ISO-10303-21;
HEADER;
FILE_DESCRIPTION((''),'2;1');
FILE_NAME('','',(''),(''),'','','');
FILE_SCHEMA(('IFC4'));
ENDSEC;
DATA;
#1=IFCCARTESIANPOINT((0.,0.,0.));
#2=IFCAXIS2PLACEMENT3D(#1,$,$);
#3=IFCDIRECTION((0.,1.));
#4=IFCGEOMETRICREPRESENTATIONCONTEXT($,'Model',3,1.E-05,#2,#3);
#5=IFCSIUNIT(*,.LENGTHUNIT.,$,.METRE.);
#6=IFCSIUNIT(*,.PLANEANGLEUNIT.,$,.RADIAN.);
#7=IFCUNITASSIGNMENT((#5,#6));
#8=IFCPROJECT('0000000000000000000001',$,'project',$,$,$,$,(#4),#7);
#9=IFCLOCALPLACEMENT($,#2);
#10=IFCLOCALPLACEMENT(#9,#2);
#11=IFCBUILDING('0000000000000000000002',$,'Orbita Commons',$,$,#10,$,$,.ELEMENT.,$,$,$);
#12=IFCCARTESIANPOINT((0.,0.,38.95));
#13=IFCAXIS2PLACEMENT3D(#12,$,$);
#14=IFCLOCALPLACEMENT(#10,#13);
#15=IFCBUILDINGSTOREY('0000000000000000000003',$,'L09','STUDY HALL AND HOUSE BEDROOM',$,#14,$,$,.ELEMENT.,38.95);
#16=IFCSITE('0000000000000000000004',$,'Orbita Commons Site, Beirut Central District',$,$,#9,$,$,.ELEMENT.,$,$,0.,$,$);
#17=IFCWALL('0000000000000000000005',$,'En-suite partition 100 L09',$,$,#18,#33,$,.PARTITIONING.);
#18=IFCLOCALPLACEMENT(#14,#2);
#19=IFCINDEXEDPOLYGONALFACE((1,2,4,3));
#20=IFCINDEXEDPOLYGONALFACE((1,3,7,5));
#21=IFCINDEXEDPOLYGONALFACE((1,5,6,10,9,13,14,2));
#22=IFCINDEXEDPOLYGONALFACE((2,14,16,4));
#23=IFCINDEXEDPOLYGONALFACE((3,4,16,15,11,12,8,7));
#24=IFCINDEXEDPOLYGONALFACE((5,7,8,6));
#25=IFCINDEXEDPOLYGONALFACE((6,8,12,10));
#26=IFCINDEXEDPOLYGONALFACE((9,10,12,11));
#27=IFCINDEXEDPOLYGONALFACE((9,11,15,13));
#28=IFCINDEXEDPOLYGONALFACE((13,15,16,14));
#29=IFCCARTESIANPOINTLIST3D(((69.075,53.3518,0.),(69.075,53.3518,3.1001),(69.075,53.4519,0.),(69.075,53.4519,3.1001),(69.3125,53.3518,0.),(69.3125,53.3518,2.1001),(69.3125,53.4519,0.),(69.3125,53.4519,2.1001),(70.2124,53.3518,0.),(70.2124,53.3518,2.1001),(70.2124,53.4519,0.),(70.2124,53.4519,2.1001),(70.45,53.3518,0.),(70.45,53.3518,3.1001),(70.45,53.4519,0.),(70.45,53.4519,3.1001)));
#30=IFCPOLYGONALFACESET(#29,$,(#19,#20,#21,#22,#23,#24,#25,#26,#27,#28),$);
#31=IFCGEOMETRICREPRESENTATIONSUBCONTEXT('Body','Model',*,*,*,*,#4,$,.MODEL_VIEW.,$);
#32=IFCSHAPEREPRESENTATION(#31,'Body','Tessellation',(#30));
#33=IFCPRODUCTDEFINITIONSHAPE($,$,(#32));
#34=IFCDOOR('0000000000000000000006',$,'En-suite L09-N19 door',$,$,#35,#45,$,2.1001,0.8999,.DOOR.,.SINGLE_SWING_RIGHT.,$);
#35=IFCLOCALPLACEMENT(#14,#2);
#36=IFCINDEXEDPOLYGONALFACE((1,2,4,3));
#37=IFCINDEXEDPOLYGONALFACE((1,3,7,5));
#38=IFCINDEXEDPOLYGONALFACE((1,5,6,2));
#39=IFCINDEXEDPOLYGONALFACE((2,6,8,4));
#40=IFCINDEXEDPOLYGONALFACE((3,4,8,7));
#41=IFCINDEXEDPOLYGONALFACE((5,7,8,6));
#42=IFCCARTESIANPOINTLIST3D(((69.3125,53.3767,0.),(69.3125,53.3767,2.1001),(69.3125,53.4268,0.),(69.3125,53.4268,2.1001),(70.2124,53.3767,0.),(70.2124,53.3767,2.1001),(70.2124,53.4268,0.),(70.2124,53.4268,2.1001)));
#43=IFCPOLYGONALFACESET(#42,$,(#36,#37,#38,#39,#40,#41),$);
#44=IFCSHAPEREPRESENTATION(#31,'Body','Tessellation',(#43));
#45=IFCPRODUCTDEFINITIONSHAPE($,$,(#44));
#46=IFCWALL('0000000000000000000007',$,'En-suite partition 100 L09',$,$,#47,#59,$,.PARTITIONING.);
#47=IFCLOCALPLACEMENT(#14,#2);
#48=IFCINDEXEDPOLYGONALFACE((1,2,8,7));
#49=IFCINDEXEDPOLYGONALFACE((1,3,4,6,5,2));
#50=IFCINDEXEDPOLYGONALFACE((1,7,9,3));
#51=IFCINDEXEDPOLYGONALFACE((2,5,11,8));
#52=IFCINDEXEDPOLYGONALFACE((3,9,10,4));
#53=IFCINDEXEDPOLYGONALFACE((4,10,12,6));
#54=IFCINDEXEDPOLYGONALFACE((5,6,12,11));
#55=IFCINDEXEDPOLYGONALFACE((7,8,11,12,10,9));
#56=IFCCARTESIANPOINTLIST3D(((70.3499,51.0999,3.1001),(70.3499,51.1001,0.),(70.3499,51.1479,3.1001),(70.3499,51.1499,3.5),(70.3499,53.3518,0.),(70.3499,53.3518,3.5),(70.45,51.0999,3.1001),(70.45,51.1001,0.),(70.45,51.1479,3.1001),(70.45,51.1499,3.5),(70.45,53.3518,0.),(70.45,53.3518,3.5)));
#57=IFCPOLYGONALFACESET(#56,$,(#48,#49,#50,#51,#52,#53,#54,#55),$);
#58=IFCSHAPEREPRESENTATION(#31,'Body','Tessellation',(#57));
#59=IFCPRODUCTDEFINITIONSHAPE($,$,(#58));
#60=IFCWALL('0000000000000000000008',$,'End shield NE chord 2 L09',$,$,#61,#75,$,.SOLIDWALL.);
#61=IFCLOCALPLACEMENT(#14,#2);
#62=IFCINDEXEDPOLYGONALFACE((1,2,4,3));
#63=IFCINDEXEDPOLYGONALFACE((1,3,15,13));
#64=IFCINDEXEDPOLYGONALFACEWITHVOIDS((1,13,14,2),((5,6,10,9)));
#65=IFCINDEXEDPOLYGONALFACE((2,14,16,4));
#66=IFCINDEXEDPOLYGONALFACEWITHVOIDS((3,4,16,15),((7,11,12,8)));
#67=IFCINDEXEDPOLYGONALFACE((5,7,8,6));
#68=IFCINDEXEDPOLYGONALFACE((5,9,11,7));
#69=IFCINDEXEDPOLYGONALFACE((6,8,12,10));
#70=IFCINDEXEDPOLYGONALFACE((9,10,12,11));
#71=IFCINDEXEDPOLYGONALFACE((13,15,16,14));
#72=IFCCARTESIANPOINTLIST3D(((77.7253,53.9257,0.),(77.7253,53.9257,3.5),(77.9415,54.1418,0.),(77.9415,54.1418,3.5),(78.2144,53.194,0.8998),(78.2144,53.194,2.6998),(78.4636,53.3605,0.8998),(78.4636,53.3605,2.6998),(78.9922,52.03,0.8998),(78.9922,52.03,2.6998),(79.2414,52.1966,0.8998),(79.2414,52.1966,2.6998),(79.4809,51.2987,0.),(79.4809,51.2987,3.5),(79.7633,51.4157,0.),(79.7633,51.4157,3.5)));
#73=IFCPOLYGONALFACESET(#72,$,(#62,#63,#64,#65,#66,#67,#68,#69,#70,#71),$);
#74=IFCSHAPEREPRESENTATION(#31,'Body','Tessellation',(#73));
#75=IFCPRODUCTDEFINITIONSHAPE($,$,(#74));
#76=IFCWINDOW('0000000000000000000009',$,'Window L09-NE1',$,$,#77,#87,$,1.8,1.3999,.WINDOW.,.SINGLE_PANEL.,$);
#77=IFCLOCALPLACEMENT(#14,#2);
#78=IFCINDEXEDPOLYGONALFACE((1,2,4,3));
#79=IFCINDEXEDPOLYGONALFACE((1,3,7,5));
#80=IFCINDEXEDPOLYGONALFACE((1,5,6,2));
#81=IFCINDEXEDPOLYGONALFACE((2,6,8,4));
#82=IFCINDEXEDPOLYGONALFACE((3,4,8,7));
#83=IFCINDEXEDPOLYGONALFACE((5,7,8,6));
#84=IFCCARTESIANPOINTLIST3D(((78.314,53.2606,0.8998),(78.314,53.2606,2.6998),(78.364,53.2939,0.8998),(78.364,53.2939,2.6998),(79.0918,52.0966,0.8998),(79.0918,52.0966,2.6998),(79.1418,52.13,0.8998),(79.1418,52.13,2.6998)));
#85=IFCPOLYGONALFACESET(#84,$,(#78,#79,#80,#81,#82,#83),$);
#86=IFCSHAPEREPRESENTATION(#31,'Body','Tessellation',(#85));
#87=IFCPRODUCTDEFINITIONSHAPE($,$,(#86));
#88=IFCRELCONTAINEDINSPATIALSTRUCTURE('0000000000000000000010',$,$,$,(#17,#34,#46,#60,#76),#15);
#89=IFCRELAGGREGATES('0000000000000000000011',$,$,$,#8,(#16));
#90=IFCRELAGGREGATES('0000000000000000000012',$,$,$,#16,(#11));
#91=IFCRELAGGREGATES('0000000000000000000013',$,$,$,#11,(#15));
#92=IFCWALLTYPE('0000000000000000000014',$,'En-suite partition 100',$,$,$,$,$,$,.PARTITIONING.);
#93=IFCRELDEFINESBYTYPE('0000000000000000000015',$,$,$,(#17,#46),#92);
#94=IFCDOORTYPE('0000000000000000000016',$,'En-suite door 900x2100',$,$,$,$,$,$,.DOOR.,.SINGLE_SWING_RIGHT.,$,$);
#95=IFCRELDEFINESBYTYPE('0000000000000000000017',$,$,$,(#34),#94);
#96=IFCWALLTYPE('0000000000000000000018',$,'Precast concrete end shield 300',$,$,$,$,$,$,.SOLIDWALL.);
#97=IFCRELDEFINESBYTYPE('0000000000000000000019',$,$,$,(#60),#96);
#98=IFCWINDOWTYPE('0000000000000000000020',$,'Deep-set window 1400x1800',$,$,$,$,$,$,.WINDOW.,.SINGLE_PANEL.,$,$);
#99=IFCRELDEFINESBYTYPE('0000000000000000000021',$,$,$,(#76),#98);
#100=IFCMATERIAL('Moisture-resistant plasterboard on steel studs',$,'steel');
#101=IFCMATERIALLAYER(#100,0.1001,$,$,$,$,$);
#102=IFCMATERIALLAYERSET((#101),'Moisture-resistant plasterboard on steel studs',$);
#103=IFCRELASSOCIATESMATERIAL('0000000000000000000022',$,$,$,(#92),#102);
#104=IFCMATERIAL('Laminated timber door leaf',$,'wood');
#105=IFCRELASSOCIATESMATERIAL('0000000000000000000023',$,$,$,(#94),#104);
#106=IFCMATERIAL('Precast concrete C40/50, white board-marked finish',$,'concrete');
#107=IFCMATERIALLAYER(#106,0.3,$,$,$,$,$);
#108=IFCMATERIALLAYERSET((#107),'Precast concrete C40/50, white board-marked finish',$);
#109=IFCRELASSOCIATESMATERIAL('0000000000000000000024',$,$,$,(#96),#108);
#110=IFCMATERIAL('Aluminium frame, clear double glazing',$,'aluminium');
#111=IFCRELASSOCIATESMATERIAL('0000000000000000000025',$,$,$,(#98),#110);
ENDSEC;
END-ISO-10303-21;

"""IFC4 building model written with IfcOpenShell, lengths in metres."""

from ifc_helpers import new_model, si_unit, direction, frame, frame_2d, origin, place, context, subcontext, project, spatial, polyline, rectangle, outline, extrude, material, layer, layer_set, type_object, element, fill, save


model = new_model("IFC4")

# Units and contexts
model_context = context("Model", 3, precision=1e-05, world=origin(), true_north=direction((0.0, 1.0)))
body_context = subcontext(model_context, "Body", "Model", "MODEL_VIEW")
ifc_project = project(units=[si_unit("LENGTHUNIT", "METRE"), si_unit("PLANEANGLEUNIT", "RADIAN")], contexts=[model_context])

# Site, building, storey
site_placement = place(None, origin())
site = spatial("IfcSite", under=ifc_project, at=site_placement, Name="Orbita Commons Site, Beirut Central District", CompositionType="ELEMENT", RefElevation=0.0)
building_placement = place(site_placement, origin())
building = spatial("IfcBuilding", under=site, at=building_placement, Name="Orbita Commons", CompositionType="ELEMENT")
storey_placement = place(building_placement, frame((0.0, 0.0, 38.95)))
storey = spatial("IfcBuildingStorey", under=building, at=storey_placement, Name="L09", Description="STUDY HALL AND HOUSE BEDROOM", CompositionType="ELEMENT", Elevation=38.95)

# Shared definitions
ifc_material_1 = material(Name="Moisture-resistant plasterboard on steel studs", Category="steel")
ifc_layer_1 = layer(ifc_material_1, 0.1001)
ifc_layer_set_1 = layer_set([ifc_layer_1], Name="Moisture-resistant plasterboard on steel studs")
wall_type_1 = type_object("IfcWallType", Name="En-suite partition 100", PredefinedType="PARTITIONING", material=ifc_layer_set_1)
ifc_material_2 = material(Name="Laminated timber door leaf", Category="wood")
door_type_1 = type_object("IfcDoorType", Name="En-suite door 900x2100", OperationType="SINGLE_SWING_RIGHT", PredefinedType="DOOR", material=ifc_material_2)

# Wall, opening, door
wall_1_placement = place(storey_placement, frame((69.075, 53.4019, 0.0), z_axis=(0.0, 0.0, 1.0), x_axis=(1.0, 0.0, 0.0)))
wall_1 = element("IfcWall", 1, at=wall_1_placement, inside=storey, type_object=wall_type_1, Name="En-suite partition 100 L09", PredefinedType="PARTITIONING", context=body_context, shape_type="SweptSolid", body=[
    extrude(outline(polyline([(0.0, 0.0), (1.375, 0.0), (1.375, 3.1001), (0.0, 3.1001), (0.0, 0.0)])), frame((0.0, 0.05, 0.0), z_axis=(0.0, -1.0, 0.0), x_axis=(1.0, 0.0, 0.0)), (0.0, 0.0, 1.0), 0.1001),
])
opening_1_placement = place(wall_1_placement, frame((0.2375, 0.0, 0.0)))
opening_1 = element("IfcOpeningElement", 2, at=opening_1_placement, cuts=wall_1, PredefinedType="OPENING", context=body_context, shape_type="SweptSolid", body=[
    extrude(rectangle(XDim=0.8999, YDim=2.1001, at=frame_2d((0.45, 1.05))), frame((0.0, 0.0601, 0.0), z_axis=(0.0, -1.0, 0.0), x_axis=(1.0, 0.0, 0.0)), (0.0, 0.0, 1.0), 0.1201),
])
door_1_placement = place(opening_1_placement, origin())
door_1 = element("IfcDoor", 3, at=door_1_placement, inside=storey, type_object=door_type_1, Name="En-suite L09-N19 door", OperationType="SINGLE_SWING_RIGHT", OverallHeight=2.1001, OverallWidth=0.8999, PredefinedType="DOOR", context=body_context, shape_type="SweptSolid", body=[
    extrude(rectangle(XDim=0.8999, YDim=2.1001, at=frame_2d((0.45, 1.05))), frame((0.0, 0.0249, 0.0), z_axis=(0.0, -1.0, 0.0), x_axis=(1.0, 0.0, 0.0)), (0.0, 0.0, 1.0), 0.05),
])
fill(opening_1, door_1)

# Wall
wall_2_placement = place(storey_placement, frame((70.3999, 53.3518, 0.0), z_axis=(0.0, 0.0, 1.0), x_axis=(0.0, -1.0, 0.0)))
element("IfcWall", 4, at=wall_2_placement, inside=storey, type_object=wall_type_1, Name="En-suite partition 100 L09", PredefinedType="PARTITIONING", context=body_context, shape_type="SweptSolid", body=[
    extrude(outline(polyline([(0.0, 0.0), (2.2517, 0.0), (2.252, 3.1001), (2.2039, 3.1001), (2.2019, 3.5), (0.0, 3.5), (0.0, 0.0)])), frame((0.0, 0.05, 0.0), z_axis=(0.0, -1.0, 0.0), x_axis=(1.0, 0.0, 0.0)), (0.0, 0.0, 1.0), 0.1001),
])

# Wall, opening, window
ifc_material_3 = material(Name="Precast concrete C40/50, white board-marked finish", Category="concrete")
ifc_layer_2 = layer(ifc_material_3, 0.3)
ifc_layer_set_2 = layer_set([ifc_layer_2], Name="Precast concrete C40/50, white board-marked finish")
wall_type_2 = type_object("IfcWallType", Name="Precast concrete end shield 300", PredefinedType="SOLIDWALL", material=ifc_layer_set_2)
wall_3_placement = place(storey_placement, frame((79.6221, 51.3572, 0.0), z_axis=(0.0, 0.0, 1.0), x_axis=(-0.55561, 0.831443, 0.0)))
wall_3 = element("IfcWall", 5, at=wall_3_placement, inside=storey, type_object=wall_type_2, Name="End shield NE chord 2 L09", PredefinedType="SOLIDWALL", context=body_context, shape_type="SweptSolid", body=[
    extrude(outline(polyline([(-0.0298, -0.1499), (3.249, -0.1499), (3.1895, 0.1499), (0.0298, 0.1499), (-0.0298, -0.1499)])), origin(), (0.0, 0.0, 1.0), 3.5),
])
opening_2_placement = place(wall_3_placement, frame((0.9094, 0.0, 0.8999)))
opening_2 = element("IfcOpeningElement", 6, at=opening_2_placement, cuts=wall_3, PredefinedType="OPENING", context=body_context, shape_type="SweptSolid", body=[
    extrude(rectangle(XDim=1.3999, YDim=1.8, at=frame_2d((0.7, 0.8999))), frame((0.0, 0.1599, 0.0), z_axis=(0.0, -1.0, 0.0), x_axis=(1.0, 0.0, 0.0)), (0.0, 0.0, 1.0), 0.3201),
])
ifc_material_4 = material(Name="Aluminium frame, clear double glazing", Category="aluminium")
window_type = type_object("IfcWindowType", Name="Deep-set window 1400x1800", PartitioningType="SINGLE_PANEL", PredefinedType="WINDOW", material=ifc_material_4)
window_placement = place(opening_2_placement, origin())
window = element("IfcWindow", 7, at=window_placement, inside=storey, type_object=window_type, Name="Window L09-NE1", OverallHeight=1.8, OverallWidth=1.3999, PartitioningType="SINGLE_PANEL", PredefinedType="WINDOW", context=body_context, shape_type="SweptSolid", body=[
    extrude(rectangle(XDim=1.3999, YDim=1.8, at=frame_2d((0.7, 0.8999))), frame((0.0, 0.03, 0.0), z_axis=(0.0, -1.0, 0.0), x_axis=(1.0, 0.0, 0.0)), (0.0, 0.0, 1.0), 0.0601),
])
fill(opening_2, window)

save(model, "model.ifc")
